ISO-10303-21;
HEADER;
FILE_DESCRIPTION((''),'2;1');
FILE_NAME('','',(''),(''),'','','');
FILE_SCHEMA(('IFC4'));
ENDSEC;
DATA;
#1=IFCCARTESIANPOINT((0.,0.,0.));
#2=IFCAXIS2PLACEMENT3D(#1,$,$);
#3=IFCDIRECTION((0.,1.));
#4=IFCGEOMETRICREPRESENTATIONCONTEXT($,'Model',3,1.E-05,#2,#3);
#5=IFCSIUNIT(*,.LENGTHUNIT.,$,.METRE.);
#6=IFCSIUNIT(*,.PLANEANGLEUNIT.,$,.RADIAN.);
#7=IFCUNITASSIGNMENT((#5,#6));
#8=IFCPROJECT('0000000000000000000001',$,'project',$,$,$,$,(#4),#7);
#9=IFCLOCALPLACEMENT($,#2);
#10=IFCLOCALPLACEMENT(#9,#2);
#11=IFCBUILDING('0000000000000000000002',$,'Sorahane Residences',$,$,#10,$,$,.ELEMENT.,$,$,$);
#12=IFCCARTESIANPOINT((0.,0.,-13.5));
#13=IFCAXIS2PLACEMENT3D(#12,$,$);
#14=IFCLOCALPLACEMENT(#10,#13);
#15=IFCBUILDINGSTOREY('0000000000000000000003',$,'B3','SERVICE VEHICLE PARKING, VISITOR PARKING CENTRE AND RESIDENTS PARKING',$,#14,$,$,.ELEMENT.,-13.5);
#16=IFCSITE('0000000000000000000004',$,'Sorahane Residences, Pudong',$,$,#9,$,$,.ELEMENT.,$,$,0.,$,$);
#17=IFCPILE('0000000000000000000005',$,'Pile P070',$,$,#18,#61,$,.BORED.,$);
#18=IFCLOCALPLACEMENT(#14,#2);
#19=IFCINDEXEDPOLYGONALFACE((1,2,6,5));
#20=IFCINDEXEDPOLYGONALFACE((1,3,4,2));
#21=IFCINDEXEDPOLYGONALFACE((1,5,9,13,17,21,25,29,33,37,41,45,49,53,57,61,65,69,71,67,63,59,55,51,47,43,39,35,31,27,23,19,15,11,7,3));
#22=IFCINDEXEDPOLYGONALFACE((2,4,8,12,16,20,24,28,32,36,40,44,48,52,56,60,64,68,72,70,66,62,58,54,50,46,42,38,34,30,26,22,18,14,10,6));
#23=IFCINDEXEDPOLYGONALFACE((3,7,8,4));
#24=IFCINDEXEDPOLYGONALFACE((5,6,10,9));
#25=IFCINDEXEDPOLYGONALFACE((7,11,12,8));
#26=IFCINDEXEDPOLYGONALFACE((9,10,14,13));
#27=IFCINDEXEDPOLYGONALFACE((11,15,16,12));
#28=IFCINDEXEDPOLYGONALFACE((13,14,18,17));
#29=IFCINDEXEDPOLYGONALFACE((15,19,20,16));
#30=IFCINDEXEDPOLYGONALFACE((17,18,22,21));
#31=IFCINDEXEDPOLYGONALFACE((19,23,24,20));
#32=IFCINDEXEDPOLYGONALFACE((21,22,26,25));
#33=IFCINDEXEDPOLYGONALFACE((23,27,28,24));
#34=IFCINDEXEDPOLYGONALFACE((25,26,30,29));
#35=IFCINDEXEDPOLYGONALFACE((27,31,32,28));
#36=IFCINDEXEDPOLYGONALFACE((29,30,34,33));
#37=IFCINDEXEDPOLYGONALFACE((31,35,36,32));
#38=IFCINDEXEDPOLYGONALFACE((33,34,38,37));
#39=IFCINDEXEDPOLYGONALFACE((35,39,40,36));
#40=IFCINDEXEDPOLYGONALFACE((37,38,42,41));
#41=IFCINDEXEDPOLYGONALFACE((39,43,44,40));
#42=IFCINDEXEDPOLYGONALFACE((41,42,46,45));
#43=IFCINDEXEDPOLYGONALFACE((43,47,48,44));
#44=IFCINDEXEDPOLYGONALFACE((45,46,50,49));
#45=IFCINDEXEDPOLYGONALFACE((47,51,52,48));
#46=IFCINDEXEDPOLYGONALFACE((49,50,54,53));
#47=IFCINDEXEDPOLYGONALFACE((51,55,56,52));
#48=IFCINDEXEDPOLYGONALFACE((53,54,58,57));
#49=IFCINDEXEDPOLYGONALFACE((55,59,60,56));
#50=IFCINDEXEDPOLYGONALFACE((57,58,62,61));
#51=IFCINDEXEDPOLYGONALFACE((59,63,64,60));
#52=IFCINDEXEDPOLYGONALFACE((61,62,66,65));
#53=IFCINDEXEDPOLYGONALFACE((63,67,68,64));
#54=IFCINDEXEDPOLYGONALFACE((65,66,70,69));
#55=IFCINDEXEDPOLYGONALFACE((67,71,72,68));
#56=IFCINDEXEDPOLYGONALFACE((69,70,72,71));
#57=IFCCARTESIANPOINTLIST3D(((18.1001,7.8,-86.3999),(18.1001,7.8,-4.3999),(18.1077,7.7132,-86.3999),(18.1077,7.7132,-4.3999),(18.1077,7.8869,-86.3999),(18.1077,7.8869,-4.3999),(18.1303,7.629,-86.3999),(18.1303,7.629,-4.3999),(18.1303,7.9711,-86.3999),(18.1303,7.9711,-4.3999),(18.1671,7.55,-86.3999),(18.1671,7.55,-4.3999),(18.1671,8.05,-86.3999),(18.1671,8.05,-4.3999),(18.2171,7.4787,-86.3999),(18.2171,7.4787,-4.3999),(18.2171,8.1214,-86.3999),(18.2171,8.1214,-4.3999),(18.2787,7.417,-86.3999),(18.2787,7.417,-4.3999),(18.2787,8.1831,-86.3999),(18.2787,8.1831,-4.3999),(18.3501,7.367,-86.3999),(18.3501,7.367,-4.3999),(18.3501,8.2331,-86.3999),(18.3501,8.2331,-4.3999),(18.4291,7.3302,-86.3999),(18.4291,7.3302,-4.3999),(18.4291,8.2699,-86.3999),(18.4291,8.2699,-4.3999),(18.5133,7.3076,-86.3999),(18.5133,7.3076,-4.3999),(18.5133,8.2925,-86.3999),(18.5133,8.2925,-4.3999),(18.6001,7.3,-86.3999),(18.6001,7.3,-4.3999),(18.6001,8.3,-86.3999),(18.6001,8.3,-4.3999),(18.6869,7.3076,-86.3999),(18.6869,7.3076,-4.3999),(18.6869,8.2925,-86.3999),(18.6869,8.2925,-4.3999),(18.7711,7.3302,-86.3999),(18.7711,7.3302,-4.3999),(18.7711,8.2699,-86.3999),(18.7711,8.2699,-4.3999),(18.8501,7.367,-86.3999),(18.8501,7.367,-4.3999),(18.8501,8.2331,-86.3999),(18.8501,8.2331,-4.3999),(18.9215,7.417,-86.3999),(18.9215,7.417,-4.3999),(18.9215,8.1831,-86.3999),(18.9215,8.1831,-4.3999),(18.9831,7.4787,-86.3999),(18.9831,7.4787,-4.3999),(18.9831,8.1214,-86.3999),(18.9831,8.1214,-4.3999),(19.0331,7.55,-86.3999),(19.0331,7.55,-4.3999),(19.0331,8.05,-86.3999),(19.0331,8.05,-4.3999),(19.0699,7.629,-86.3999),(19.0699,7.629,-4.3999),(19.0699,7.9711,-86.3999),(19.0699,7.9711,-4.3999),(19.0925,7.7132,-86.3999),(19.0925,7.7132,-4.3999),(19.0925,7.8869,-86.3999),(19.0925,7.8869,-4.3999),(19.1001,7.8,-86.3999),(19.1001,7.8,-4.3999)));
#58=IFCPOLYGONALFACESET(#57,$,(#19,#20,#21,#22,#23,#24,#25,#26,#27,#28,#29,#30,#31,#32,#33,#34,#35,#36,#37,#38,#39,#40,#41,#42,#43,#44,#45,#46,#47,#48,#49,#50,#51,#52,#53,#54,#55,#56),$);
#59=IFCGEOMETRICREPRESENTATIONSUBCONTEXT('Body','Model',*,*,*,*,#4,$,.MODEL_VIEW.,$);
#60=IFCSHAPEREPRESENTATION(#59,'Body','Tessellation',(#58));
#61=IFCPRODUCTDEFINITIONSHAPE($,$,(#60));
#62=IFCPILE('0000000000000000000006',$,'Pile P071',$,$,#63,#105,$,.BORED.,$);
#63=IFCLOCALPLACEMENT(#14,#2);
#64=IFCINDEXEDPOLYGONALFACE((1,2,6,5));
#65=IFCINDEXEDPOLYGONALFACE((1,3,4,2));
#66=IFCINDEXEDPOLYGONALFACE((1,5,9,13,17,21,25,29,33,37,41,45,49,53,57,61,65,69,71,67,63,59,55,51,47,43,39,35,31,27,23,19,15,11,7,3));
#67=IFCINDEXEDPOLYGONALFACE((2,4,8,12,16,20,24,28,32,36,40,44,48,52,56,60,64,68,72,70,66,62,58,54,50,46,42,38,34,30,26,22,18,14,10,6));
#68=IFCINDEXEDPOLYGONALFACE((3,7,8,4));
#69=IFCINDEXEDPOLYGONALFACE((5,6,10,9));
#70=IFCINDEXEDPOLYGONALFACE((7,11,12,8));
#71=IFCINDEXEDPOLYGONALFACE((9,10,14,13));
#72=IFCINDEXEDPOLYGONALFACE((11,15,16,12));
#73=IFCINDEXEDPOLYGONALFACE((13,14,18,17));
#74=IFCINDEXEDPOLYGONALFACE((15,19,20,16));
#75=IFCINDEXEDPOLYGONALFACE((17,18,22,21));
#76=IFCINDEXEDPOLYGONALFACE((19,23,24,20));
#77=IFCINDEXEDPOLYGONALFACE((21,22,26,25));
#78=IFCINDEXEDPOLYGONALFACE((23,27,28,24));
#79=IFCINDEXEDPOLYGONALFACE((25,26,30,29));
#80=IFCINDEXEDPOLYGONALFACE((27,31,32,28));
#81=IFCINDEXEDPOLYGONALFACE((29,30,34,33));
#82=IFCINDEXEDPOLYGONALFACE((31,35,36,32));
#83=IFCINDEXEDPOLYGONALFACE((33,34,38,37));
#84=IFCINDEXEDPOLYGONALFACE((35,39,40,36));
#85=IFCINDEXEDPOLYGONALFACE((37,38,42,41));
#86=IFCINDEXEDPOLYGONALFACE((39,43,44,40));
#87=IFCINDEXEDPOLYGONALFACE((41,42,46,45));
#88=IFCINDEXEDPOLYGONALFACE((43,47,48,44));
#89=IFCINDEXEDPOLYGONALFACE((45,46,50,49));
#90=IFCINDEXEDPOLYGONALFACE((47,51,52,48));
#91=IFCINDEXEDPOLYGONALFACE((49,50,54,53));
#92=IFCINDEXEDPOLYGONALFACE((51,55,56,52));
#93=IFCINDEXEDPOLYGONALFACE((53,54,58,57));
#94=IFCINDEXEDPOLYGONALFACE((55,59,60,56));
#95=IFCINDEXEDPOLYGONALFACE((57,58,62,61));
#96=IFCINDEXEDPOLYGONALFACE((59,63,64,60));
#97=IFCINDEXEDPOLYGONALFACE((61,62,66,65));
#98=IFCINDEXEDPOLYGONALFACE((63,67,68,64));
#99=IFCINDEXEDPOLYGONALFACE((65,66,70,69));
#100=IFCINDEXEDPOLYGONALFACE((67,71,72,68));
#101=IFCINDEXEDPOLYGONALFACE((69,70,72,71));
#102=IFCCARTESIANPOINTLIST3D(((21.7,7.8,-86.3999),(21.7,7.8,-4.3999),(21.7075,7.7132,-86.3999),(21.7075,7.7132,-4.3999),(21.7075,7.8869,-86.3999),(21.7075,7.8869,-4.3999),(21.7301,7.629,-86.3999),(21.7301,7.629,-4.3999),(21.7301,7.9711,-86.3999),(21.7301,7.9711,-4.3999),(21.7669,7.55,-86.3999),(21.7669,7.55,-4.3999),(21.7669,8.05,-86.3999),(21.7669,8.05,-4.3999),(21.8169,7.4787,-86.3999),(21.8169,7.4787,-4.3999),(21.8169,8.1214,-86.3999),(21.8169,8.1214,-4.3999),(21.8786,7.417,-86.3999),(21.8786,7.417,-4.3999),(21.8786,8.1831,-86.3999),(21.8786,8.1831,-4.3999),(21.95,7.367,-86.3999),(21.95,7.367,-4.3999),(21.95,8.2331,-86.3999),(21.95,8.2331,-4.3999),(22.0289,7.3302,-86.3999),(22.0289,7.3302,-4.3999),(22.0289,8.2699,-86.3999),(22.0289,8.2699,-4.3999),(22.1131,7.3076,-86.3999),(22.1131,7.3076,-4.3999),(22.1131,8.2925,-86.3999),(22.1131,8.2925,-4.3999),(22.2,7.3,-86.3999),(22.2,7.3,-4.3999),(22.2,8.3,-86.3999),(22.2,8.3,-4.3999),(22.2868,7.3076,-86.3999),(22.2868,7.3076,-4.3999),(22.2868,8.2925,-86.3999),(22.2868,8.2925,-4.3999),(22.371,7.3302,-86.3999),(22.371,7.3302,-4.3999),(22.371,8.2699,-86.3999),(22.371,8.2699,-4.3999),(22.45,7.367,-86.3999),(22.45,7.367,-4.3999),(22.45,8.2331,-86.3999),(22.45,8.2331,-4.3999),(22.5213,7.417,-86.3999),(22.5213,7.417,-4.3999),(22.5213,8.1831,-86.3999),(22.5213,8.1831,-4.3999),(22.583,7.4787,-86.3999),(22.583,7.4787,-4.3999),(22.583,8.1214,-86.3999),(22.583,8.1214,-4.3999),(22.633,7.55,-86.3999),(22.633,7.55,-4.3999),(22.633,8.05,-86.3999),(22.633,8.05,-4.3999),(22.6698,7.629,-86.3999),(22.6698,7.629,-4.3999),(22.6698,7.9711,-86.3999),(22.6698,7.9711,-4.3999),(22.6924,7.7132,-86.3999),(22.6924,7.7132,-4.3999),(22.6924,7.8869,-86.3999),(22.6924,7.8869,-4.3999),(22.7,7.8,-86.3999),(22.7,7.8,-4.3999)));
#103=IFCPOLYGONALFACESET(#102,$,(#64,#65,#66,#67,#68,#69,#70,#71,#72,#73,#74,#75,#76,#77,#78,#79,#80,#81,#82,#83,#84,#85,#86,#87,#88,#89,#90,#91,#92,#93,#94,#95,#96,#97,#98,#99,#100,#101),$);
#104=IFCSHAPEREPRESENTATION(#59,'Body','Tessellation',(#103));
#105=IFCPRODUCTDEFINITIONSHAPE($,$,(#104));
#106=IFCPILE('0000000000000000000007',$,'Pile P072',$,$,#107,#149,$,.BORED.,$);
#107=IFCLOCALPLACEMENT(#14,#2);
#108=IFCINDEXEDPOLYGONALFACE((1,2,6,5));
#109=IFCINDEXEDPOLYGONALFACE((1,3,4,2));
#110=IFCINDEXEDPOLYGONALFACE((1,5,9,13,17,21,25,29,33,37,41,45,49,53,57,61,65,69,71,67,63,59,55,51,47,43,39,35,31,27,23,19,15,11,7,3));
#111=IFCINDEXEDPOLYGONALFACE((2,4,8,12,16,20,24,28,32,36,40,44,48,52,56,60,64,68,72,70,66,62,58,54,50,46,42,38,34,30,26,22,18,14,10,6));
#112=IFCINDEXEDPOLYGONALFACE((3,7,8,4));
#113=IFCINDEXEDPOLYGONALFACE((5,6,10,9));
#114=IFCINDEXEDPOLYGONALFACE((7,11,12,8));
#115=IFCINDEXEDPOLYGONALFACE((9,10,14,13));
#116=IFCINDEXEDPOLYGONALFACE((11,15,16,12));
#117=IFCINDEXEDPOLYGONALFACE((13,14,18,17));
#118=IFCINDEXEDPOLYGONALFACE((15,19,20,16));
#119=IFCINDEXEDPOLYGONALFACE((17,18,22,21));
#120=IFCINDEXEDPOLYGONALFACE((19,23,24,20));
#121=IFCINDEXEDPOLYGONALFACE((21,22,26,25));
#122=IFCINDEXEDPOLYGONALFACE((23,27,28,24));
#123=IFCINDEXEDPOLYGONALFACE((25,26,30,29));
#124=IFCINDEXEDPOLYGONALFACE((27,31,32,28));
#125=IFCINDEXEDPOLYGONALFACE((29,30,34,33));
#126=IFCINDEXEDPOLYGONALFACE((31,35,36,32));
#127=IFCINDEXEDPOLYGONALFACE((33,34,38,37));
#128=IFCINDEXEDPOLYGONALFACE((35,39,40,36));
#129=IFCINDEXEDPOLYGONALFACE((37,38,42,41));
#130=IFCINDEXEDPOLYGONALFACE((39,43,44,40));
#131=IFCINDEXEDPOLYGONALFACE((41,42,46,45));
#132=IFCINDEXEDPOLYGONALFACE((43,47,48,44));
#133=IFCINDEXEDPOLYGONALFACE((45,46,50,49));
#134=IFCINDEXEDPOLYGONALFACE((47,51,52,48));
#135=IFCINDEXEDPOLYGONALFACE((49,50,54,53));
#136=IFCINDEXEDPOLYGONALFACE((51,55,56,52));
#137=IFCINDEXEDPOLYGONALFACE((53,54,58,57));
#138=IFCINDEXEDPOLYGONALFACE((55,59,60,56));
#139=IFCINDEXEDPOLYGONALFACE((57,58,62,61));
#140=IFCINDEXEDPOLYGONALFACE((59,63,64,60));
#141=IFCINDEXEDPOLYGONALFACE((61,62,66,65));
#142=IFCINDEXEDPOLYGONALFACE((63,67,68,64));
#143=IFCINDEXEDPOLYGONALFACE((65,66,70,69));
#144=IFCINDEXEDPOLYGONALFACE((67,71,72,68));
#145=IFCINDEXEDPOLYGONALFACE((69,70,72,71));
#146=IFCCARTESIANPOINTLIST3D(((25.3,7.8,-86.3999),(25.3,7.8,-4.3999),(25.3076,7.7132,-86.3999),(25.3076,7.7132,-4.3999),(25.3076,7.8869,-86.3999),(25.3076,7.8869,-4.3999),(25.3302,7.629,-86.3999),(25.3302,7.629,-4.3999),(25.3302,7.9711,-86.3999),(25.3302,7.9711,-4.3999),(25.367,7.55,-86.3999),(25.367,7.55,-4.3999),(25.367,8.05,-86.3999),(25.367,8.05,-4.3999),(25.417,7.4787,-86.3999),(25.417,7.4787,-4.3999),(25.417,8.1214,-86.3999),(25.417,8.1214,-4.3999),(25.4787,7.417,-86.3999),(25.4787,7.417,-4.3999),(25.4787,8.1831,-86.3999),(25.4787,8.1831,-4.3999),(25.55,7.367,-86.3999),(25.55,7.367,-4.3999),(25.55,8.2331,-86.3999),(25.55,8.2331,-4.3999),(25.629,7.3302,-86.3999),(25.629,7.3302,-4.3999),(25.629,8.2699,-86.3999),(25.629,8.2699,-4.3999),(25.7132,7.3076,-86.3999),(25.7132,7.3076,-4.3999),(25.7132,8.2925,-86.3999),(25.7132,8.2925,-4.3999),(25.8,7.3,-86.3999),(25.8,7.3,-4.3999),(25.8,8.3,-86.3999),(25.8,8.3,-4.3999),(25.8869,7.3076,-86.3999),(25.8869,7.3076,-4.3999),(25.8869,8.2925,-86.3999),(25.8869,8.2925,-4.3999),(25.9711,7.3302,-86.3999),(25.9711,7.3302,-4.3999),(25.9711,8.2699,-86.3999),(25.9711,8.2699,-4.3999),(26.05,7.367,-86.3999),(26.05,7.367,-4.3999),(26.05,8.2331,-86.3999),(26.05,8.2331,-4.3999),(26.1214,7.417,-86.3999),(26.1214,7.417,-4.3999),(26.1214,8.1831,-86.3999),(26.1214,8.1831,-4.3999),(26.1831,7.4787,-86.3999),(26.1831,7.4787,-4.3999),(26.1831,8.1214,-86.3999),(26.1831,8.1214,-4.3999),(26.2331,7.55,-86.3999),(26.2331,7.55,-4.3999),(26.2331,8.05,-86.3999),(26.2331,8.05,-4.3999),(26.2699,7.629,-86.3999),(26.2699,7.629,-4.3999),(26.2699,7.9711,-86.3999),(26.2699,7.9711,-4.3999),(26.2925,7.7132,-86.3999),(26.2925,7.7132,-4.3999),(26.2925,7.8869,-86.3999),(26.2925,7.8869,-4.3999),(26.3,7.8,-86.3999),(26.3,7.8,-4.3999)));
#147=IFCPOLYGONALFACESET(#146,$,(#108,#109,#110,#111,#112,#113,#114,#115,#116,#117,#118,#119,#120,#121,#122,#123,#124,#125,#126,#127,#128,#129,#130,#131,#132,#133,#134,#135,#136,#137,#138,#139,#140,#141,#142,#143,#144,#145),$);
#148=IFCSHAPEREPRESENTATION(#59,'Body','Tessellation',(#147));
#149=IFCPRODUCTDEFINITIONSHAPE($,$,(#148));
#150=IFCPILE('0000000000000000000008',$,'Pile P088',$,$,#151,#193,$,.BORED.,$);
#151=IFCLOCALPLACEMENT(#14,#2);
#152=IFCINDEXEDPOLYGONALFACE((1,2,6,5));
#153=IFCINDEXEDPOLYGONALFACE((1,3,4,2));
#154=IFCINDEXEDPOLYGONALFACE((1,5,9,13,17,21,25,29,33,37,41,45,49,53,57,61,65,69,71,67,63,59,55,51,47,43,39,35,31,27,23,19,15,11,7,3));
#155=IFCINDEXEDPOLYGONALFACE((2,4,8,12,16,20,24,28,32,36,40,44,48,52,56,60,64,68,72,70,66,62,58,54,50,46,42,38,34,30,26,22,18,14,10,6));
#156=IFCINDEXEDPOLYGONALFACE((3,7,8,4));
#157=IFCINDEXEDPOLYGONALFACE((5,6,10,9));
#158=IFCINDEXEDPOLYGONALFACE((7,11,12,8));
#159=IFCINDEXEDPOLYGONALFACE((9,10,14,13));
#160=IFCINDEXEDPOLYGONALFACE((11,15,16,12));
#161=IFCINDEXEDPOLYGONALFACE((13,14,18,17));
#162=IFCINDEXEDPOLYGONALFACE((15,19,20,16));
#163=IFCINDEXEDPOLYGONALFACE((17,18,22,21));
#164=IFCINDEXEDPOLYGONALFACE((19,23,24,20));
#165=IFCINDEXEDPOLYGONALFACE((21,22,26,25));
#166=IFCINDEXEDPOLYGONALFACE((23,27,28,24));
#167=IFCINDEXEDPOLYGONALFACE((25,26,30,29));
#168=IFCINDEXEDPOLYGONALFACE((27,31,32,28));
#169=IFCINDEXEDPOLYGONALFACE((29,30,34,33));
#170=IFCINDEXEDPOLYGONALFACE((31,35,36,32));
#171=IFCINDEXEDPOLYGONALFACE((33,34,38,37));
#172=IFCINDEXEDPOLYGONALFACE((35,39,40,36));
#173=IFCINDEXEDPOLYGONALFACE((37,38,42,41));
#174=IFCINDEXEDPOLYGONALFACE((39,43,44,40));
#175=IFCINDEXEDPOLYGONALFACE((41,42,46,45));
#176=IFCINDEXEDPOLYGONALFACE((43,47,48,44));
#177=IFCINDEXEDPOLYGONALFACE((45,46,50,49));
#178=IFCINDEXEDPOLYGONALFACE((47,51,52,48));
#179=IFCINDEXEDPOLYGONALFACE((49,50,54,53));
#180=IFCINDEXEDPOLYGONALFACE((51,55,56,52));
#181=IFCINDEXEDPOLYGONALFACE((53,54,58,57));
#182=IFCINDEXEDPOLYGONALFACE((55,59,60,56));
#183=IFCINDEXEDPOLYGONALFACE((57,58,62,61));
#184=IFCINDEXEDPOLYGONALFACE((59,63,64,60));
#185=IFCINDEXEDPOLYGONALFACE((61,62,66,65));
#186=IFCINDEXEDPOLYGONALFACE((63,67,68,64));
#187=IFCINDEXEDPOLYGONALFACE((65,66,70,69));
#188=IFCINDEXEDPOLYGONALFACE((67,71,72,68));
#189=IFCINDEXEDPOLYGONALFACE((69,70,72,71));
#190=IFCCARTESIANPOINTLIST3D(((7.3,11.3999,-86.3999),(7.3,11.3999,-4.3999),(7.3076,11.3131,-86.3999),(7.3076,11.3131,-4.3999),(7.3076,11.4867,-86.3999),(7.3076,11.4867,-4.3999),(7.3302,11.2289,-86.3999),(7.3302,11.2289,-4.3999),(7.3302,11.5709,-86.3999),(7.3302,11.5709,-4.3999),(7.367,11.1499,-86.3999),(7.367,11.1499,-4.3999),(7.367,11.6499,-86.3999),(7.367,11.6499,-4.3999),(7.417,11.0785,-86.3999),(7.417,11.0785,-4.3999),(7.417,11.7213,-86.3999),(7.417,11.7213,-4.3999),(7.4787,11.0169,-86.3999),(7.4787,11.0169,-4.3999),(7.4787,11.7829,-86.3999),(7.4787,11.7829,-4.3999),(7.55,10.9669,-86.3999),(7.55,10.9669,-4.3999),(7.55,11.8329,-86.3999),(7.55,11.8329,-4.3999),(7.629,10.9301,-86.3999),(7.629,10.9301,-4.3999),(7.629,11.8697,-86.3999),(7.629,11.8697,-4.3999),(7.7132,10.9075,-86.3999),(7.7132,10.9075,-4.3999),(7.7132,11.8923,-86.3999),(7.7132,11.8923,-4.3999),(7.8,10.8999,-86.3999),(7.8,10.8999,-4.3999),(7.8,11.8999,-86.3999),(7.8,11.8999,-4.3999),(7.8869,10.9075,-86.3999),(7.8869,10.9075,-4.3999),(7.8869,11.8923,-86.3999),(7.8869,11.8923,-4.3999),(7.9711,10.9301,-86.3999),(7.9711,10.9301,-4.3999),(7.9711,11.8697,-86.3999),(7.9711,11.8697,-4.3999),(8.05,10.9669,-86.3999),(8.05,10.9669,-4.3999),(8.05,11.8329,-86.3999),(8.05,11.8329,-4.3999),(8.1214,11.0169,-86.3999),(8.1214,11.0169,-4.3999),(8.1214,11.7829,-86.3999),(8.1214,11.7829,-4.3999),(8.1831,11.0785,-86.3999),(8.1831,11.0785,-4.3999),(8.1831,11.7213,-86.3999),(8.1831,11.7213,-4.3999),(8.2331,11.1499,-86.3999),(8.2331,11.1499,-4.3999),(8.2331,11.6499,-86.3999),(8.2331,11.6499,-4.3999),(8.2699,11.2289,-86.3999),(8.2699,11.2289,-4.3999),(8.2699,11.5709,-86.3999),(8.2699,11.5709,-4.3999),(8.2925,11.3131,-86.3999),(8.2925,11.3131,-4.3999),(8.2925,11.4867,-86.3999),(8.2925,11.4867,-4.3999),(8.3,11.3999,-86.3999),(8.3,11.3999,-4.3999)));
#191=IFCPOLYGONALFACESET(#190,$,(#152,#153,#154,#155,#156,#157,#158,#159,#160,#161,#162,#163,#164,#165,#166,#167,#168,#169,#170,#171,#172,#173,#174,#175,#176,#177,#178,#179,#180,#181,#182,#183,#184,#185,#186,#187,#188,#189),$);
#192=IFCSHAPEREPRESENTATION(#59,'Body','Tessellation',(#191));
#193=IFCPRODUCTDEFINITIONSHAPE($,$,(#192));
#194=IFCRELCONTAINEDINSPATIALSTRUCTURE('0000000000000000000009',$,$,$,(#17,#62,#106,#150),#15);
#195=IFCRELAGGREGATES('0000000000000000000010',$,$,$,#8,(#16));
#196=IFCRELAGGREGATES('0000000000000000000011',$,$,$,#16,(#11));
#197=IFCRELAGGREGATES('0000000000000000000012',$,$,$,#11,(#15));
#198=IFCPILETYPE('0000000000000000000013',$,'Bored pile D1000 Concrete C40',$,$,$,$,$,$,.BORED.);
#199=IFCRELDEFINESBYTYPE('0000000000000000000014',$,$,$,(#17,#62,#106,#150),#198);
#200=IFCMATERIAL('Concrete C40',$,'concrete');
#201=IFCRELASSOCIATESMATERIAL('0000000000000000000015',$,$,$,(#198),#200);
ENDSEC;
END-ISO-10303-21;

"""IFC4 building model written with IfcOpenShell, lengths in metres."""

from ifc_helpers import new_model, si_unit, direction, frame, origin, origin_2d, place, context, subcontext, project, spatial, circle, extrude, material, material_profile, profile_set, type_object, element, save


model = new_model("IFC4")

# Units and contexts
model_context = context("Model", 3, precision=1e-05, world=origin(), true_north=direction((0.0, 1.0)))
body_context = subcontext(model_context, "Body", "Model", "MODEL_VIEW")
ifc_project = project(units=[si_unit("LENGTHUNIT", "METRE"), si_unit("PLANEANGLEUNIT", "RADIAN")], contexts=[model_context])

# Site, building, storey
site_placement = place(None, origin())
site = spatial("IfcSite", under=ifc_project, at=site_placement, Name="Sorahane Residences, Pudong", CompositionType="ELEMENT", RefElevation=0.0)
building_placement = place(site_placement, origin())
building = spatial("IfcBuilding", under=site, at=building_placement, Name="Sorahane Residences", CompositionType="ELEMENT")
storey_placement = place(building_placement, frame((0.0, 0.0, -13.5)))
storey = spatial("IfcBuildingStorey", under=building, at=storey_placement, Name="B3", Description="SERVICE VEHICLE PARKING, VISITOR PARKING CENTRE AND RESIDENTS PARKING", CompositionType="ELEMENT", Elevation=-13.5)

# Piles
ifc_material_1 = material(Name="Concrete C40", Category="concrete")
ifc_material_profile_1 = material_profile(ifc_material_1, circle(Radius=0.5, at=origin_2d()), Name="D1000")
ifc_profile_set_1 = profile_set([ifc_material_profile_1], Name="Concrete C40")
pile_type = type_object("IfcPileType", Name="Bored pile D1000 Concrete C40", PredefinedType="BORED", material=ifc_profile_set_1)
for number, where, z_axis, x_axis, name in (
    (1, (18.6001, 7.8, -4.3999), (0.0, 0.0, -1.0), (1.0, 0.0, 0.0), "Pile P070"),
    (2, (22.2, 7.8, -4.3999), (0.0, 0.0, -1.0), (1.0, 0.0, 0.0), "Pile P071"),
    (3, (25.8, 7.8, -4.3999), (0.0, 0.0, -1.0), (1.0, 0.0, 0.0), "Pile P072"),
    (4, (7.8, 11.3999, -4.3999), (0.0, 0.0, -1.0), (1.0, 0.0, 0.0), "Pile P088"),
):
    element("IfcPile", number, at=place(storey_placement, frame(where, z_axis=z_axis, x_axis=x_axis)), inside=storey, type_object=pile_type, Name=name, PredefinedType="BORED", context=body_context, shape_type="SweptSolid", body=[
        extrude(circle(Radius=0.5, at=origin_2d()), origin(), (0.0, 0.0, 1.0), 82.0),
    ])

save(model, "model.ifc")
